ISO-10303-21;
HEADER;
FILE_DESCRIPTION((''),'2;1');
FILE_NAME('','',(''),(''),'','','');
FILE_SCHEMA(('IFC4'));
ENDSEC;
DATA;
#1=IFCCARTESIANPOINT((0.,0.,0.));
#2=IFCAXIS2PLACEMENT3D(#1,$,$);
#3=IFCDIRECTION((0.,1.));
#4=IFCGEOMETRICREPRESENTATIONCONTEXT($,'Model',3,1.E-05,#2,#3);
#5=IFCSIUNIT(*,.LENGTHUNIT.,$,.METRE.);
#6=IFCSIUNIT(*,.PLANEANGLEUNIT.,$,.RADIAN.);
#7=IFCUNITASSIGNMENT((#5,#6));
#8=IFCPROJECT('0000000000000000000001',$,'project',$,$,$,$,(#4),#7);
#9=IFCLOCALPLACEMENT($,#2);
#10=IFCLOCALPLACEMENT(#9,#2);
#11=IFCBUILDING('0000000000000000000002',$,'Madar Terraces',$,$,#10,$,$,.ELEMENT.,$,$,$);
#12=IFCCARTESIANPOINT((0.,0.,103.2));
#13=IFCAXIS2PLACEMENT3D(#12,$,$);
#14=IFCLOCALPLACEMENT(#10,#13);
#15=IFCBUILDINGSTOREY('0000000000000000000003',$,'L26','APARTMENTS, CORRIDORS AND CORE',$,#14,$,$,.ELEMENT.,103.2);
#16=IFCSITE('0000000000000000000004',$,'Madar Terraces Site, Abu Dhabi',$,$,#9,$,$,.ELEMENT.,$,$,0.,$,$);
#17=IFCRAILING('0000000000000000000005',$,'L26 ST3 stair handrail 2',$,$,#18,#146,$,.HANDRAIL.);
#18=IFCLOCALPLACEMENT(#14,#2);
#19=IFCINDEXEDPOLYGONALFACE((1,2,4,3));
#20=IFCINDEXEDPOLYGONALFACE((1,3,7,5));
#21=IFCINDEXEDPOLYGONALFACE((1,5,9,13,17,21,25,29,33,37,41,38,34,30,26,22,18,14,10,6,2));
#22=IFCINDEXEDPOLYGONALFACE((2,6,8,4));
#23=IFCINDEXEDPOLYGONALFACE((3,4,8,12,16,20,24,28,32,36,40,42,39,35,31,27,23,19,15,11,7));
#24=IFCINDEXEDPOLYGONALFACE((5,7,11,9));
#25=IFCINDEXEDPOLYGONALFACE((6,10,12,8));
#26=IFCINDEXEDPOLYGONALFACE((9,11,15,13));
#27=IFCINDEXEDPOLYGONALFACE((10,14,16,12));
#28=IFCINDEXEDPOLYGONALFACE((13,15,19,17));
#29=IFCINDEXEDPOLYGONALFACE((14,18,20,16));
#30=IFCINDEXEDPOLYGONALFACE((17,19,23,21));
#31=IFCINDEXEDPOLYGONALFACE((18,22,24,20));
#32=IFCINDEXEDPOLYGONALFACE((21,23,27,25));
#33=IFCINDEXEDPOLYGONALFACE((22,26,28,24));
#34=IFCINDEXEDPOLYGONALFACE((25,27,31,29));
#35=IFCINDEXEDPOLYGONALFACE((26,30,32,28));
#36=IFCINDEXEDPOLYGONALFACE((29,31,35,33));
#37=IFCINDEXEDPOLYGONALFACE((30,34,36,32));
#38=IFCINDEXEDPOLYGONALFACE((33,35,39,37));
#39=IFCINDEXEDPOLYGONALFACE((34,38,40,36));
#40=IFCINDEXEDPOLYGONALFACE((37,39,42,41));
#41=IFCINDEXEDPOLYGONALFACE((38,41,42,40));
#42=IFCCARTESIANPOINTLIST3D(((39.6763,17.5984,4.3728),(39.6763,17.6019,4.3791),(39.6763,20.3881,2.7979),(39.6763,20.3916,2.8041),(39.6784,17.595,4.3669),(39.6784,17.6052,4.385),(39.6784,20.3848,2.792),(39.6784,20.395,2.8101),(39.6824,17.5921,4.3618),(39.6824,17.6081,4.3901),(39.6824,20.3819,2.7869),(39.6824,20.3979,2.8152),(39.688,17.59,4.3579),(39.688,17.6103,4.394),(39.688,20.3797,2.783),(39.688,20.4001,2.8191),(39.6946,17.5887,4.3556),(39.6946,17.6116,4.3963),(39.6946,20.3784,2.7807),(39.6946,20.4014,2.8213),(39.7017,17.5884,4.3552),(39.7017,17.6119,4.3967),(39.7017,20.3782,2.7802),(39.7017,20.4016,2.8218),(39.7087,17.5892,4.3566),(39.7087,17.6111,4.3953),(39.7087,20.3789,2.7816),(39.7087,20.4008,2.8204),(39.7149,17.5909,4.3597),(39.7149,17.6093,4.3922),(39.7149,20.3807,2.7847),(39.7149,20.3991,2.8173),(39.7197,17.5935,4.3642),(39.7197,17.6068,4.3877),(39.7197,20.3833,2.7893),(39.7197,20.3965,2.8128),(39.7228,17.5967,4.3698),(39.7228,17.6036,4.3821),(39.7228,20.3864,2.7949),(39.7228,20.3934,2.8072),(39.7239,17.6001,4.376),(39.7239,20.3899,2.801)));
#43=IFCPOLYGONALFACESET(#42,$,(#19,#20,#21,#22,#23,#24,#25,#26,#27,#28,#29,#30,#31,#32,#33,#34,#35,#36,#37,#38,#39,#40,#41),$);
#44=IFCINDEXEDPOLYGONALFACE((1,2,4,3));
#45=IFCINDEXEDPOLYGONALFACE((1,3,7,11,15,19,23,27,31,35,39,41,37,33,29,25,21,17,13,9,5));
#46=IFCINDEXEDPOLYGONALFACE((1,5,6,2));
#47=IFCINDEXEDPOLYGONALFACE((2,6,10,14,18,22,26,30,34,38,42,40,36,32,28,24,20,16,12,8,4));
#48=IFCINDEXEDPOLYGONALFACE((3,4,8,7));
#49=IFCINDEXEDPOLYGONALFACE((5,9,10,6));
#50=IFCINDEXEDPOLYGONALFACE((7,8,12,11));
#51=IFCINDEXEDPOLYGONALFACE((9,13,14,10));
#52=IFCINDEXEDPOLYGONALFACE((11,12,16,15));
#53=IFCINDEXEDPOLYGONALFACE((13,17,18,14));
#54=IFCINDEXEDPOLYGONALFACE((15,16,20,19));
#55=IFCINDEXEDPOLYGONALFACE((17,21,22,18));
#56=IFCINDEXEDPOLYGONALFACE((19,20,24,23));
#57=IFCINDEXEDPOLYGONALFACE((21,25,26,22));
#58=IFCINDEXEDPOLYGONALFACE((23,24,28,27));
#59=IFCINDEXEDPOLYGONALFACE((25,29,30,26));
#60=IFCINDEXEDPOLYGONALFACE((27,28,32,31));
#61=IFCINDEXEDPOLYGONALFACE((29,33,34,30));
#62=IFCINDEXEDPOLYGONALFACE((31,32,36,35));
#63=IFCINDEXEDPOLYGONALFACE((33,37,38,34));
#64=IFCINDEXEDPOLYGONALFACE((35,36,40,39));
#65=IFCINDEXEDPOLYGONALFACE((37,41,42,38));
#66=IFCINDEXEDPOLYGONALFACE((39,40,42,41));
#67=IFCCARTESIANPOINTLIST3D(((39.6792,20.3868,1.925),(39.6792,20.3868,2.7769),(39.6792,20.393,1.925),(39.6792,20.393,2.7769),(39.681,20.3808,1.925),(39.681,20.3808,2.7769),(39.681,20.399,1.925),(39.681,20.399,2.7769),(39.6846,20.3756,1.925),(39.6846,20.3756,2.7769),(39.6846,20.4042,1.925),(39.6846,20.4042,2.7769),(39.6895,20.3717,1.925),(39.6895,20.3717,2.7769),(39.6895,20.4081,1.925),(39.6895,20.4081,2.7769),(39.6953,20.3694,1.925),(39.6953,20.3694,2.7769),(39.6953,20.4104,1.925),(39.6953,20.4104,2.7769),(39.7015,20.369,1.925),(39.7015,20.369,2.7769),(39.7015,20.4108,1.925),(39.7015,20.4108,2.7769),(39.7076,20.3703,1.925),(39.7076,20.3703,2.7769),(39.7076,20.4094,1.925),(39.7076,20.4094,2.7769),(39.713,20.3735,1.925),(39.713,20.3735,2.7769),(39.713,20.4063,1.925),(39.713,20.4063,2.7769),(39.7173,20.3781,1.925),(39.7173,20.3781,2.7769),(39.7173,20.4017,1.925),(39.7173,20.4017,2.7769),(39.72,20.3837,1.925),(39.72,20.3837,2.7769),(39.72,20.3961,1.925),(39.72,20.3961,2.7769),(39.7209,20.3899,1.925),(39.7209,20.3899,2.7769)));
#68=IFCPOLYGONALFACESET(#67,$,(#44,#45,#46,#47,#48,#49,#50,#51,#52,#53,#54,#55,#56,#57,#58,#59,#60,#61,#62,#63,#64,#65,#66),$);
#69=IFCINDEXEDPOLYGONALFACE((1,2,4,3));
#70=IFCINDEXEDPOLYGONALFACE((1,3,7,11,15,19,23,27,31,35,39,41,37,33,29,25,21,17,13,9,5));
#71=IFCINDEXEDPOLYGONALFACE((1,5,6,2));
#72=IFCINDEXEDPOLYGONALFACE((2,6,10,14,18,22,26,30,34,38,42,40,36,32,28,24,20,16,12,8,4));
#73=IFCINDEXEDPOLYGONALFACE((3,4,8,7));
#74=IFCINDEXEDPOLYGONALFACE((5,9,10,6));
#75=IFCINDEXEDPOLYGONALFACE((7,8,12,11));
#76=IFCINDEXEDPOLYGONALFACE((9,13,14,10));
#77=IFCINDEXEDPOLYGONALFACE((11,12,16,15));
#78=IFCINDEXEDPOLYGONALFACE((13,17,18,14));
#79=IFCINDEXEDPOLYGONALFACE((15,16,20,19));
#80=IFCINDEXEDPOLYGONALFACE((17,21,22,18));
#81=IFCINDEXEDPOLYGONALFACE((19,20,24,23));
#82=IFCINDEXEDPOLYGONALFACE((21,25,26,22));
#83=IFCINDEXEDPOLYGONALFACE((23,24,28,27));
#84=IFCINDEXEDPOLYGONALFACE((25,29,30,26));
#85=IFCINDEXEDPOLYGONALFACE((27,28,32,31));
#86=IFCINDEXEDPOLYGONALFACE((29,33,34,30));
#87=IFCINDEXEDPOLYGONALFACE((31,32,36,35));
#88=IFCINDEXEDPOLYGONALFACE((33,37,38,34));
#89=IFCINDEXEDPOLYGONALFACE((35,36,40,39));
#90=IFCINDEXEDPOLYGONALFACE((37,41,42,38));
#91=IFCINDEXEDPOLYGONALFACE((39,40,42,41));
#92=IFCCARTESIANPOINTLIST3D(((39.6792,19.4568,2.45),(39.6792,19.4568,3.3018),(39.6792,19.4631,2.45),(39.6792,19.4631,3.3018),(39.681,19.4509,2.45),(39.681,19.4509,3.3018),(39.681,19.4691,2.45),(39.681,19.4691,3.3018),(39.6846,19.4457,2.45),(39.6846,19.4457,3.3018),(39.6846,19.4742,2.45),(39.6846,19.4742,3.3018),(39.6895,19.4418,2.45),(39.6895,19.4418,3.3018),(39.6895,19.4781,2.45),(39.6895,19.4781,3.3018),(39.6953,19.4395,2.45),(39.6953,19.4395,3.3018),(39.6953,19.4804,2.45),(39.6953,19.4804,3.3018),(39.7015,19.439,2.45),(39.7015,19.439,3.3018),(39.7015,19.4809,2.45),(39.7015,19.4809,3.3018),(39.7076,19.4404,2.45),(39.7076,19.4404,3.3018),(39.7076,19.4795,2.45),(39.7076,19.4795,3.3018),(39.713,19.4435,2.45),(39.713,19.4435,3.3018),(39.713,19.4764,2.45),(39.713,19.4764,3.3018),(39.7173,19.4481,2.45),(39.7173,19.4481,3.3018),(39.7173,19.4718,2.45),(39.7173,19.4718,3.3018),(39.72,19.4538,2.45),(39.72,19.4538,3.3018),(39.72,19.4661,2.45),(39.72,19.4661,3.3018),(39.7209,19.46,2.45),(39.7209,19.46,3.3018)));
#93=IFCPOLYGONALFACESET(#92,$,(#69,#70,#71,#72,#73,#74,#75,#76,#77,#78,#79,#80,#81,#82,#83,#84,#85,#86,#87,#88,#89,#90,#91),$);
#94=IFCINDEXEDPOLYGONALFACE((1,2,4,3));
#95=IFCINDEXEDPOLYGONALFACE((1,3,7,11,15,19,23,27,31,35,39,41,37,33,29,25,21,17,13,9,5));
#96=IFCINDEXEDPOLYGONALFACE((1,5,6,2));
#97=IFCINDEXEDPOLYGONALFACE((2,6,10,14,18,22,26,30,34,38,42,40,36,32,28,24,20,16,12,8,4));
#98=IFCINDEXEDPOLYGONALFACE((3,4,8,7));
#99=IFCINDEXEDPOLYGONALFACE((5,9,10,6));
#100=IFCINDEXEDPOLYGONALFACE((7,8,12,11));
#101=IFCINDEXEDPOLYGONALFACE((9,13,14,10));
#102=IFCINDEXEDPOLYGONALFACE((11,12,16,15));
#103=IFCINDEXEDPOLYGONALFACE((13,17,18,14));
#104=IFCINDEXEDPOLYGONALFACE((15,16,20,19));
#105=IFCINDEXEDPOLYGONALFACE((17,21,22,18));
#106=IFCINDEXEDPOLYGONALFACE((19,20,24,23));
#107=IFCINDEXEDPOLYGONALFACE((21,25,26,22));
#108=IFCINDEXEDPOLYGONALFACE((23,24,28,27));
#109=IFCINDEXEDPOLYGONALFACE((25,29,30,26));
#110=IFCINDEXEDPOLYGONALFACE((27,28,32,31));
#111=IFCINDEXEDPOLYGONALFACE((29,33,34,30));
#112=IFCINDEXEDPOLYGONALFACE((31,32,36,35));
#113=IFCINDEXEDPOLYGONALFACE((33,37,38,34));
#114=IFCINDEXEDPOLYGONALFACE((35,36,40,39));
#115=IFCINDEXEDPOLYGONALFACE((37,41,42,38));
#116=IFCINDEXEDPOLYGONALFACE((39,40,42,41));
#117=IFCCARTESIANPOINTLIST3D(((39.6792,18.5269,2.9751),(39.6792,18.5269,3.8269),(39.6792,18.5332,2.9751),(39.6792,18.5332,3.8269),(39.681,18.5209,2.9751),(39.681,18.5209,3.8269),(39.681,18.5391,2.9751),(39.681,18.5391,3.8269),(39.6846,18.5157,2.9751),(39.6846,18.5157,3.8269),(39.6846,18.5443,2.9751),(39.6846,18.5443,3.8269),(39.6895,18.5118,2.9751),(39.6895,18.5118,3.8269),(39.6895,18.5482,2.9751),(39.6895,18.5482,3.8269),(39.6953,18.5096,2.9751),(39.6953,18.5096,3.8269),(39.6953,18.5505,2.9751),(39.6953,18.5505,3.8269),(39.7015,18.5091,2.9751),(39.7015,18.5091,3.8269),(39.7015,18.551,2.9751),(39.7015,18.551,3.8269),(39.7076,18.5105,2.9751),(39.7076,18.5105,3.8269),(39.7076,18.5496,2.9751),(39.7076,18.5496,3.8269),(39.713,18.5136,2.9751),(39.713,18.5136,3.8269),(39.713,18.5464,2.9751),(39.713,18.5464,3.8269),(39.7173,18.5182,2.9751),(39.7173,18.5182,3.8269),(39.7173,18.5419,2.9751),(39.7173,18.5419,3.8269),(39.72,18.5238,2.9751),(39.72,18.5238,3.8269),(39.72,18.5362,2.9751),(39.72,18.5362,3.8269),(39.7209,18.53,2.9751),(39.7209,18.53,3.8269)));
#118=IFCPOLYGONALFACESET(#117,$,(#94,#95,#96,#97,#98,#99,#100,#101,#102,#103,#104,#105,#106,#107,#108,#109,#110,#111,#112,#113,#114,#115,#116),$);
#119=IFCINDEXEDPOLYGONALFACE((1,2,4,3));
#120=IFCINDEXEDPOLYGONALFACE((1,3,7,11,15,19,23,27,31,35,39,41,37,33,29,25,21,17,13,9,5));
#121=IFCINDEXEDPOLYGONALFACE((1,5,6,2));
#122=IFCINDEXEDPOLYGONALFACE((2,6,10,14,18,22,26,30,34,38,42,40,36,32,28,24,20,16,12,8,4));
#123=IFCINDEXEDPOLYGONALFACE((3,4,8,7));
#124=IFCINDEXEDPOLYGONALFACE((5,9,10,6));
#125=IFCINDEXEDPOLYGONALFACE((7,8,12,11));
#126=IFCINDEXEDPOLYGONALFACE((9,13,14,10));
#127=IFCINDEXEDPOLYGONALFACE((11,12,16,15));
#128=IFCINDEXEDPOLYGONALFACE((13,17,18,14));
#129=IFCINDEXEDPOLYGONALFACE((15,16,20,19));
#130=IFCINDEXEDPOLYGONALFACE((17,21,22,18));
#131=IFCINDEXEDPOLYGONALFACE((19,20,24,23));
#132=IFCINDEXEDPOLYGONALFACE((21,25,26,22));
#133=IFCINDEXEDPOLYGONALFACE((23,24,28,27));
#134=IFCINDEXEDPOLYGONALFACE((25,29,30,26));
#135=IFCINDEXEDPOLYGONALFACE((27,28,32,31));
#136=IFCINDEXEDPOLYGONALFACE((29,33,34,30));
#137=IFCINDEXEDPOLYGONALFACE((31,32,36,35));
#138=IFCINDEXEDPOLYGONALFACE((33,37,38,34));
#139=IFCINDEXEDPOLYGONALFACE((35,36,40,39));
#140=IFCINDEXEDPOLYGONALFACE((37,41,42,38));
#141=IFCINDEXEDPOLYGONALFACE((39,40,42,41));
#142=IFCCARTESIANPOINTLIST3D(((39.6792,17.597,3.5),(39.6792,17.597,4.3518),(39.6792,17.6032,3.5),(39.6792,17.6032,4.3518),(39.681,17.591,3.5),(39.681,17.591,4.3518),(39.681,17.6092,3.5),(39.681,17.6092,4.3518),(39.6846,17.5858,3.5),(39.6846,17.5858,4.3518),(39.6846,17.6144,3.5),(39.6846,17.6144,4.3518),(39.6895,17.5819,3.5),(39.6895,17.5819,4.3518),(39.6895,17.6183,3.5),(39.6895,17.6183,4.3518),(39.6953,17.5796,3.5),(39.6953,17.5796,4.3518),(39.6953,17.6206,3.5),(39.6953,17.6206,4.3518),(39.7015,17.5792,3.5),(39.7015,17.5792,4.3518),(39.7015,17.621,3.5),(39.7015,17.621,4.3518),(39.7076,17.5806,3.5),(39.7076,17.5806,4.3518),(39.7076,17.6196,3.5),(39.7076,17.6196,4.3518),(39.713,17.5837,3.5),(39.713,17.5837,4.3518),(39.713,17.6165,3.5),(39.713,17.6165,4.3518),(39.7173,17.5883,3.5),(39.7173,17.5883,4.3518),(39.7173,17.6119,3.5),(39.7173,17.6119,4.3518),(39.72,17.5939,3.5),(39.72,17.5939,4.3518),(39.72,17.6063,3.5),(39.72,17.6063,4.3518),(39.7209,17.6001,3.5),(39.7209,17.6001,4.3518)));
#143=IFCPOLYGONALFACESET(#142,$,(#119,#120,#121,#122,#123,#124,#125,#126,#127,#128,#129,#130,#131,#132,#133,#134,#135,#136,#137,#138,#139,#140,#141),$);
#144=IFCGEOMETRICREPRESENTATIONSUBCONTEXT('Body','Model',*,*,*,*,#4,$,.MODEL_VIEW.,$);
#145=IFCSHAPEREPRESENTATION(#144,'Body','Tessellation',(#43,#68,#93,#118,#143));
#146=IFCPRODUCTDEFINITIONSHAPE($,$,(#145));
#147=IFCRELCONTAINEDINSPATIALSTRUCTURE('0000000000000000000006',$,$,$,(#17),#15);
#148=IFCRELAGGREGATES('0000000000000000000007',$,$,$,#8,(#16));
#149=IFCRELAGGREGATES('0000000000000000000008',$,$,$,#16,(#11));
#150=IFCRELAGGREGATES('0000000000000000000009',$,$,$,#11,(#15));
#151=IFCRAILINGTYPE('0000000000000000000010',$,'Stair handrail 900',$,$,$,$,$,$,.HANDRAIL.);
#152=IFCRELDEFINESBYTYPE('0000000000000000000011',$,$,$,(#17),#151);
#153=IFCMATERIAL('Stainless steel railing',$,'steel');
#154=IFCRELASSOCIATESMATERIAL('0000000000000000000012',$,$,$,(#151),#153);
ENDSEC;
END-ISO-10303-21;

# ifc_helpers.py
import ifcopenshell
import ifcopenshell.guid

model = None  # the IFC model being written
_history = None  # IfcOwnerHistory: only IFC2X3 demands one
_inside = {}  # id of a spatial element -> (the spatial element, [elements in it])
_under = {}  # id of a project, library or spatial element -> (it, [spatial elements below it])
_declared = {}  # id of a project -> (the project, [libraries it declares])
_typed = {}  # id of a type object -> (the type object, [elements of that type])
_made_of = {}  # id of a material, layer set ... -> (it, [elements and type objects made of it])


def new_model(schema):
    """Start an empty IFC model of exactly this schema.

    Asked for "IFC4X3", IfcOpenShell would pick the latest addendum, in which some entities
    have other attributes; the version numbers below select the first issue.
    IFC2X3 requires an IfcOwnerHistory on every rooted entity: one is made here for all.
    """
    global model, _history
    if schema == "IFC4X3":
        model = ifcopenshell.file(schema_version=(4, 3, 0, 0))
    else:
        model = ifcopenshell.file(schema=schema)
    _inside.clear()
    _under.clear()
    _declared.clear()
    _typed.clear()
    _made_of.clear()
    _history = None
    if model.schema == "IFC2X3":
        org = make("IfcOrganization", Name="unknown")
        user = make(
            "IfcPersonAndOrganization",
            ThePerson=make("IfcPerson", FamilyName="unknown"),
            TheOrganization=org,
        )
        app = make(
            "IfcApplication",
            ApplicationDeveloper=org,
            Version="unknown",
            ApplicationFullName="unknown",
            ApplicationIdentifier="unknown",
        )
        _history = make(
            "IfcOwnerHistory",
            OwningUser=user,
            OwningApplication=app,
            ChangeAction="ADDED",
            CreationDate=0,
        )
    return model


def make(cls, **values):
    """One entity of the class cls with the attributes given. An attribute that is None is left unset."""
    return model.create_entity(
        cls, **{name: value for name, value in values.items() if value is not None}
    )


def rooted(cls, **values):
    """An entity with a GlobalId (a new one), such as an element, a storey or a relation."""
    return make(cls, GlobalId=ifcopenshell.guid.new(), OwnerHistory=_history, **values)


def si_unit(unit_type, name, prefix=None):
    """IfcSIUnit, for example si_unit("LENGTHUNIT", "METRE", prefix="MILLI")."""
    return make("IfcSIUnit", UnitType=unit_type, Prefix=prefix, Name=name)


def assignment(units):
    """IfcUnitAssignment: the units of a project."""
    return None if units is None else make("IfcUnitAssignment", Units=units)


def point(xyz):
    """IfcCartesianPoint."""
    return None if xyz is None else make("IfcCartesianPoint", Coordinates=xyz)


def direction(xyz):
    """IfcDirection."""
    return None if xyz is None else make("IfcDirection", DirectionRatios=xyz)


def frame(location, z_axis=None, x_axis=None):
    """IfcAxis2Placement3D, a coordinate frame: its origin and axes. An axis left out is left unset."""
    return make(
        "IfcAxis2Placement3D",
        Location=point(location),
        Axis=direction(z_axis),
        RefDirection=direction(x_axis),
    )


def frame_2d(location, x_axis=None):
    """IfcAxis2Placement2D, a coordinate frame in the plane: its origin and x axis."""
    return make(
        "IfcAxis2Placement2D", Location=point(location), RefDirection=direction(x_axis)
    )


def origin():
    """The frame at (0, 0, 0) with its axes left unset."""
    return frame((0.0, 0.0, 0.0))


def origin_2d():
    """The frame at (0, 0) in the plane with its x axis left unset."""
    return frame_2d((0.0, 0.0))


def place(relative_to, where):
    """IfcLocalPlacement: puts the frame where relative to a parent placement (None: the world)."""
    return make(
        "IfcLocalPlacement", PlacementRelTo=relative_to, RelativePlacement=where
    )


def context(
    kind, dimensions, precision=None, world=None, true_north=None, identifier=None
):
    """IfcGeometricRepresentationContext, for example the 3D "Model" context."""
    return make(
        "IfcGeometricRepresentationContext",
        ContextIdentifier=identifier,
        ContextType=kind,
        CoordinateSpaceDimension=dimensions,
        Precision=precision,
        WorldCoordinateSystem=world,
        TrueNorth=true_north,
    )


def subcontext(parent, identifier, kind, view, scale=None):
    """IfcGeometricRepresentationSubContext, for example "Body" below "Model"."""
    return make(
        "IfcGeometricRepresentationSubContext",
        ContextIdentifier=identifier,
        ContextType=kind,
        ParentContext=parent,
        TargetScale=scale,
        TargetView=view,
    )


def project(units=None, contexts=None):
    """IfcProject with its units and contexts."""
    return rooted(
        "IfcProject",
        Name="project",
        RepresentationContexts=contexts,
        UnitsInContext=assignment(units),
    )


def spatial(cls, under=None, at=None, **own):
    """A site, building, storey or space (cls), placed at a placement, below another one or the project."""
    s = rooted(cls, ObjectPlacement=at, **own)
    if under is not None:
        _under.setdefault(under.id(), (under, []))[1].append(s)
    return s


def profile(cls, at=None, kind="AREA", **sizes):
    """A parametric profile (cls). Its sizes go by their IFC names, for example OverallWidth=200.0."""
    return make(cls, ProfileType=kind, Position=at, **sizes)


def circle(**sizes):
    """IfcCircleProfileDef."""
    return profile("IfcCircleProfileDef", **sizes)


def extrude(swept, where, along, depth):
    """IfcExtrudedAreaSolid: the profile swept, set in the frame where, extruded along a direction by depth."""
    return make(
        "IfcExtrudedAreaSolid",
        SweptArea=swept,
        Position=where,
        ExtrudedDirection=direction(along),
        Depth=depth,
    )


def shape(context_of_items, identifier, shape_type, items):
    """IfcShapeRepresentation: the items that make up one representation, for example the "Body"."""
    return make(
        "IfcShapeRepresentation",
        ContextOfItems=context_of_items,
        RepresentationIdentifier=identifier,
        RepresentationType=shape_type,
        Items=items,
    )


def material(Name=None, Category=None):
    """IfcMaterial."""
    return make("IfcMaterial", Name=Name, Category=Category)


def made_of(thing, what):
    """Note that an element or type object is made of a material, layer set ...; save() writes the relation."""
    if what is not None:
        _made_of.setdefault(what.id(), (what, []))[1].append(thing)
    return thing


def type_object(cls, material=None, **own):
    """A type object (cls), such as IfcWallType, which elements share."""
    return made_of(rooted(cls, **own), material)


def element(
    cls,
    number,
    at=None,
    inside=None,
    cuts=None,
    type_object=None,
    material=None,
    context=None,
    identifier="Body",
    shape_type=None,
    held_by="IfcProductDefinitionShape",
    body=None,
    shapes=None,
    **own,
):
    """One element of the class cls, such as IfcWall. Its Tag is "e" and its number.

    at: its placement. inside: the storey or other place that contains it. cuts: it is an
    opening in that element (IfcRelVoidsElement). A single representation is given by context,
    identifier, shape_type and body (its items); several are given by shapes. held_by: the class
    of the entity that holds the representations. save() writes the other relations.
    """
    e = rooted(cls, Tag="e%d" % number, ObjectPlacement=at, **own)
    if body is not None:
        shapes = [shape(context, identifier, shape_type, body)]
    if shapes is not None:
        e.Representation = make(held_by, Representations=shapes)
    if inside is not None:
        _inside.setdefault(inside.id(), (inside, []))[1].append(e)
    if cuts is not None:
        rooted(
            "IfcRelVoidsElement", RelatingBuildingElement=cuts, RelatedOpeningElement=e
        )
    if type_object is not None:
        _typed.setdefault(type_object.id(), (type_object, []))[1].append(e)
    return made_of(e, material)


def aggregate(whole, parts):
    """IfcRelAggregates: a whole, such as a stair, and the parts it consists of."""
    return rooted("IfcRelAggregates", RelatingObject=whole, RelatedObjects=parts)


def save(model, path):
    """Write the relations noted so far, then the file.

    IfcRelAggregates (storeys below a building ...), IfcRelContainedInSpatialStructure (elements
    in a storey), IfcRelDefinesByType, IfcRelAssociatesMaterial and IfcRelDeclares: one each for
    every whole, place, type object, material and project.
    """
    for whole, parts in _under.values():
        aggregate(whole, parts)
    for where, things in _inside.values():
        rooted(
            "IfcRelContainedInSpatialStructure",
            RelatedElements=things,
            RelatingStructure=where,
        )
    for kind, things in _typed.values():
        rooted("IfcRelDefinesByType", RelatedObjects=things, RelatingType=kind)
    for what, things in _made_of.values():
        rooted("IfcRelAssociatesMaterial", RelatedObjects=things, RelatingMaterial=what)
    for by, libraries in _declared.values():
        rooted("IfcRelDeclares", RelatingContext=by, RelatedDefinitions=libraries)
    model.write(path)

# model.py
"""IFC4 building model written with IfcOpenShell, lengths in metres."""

from ifc_helpers import new_model, si_unit, direction, frame, origin, origin_2d, place, context, subcontext, project, spatial, circle, extrude, material, type_object, element, save


model = new_model("IFC4")

# Units and contexts
model_context = context("Model", 3, precision=1e-05, world=origin(), true_north=direction((0.0, 1.0)))
body_context = subcontext(model_context, "Body", "Model", "MODEL_VIEW")
ifc_project = project(units=[si_unit("LENGTHUNIT", "METRE"), si_unit("PLANEANGLEUNIT", "RADIAN")], contexts=[model_context])

# Site, building, storey
site_placement = place(None, origin())
site = spatial("IfcSite", under=ifc_project, at=site_placement, Name="Madar Terraces Site, Abu Dhabi", CompositionType="ELEMENT", RefElevation=0.0)
building_placement = place(site_placement, origin())
building = spatial("IfcBuilding", under=site, at=building_placement, Name="Madar Terraces", CompositionType="ELEMENT")
storey_placement = place(building_placement, frame((0.0, 0.0, 103.2)))
storey = spatial("IfcBuildingStorey", under=building, at=storey_placement, Name="L26", Description="APARTMENTS, CORRIDORS AND CORE", CompositionType="ELEMENT", Elevation=103.2)

# Railing
ifc_material_1 = material(Name="Stainless steel railing", Category="steel")
railing_type_1 = type_object("IfcRailingType", Name="Stair handrail 900", PredefinedType="HANDRAIL", material=ifc_material_1)
railing_1_placement = place(storey_placement, frame((39.7, 20.3899, 1.925)))
element("IfcRailing", 1, at=railing_1_placement, inside=storey, type_object=railing_type_1, Name="L26 ST3 stair handrail 2", PredefinedType="HANDRAIL", context=body_context, shape_type="SweptSolid", body=[
    extrude(circle(Radius=0.0239, at=origin_2d()), frame((0.0, 0.0, 0.876), z_axis=(0.0, -0.870815, 0.49161), x_axis=(1.0, 0.0, 0.0)), (0.0, 0.0, 1.0), 3.2036),
    extrude(circle(Radius=0.021, at=origin_2d()), origin(), (0.0, 0.0, 1.0), 0.8518),
    extrude(circle(Radius=0.021, at=origin_2d()), frame((0.0, -0.9299, 0.5249)), (0.0, 0.0, 1.0), 0.8518),
    extrude(circle(Radius=0.021, at=origin_2d()), frame((0.0, -1.8599, 1.05)), (0.0, 0.0, 1.0), 0.8518),
    extrude(circle(Radius=0.021, at=origin_2d()), frame((0.0, -2.7898, 1.575)), (0.0, 0.0, 1.0), 0.8518),
])

save(model, "model.ifc")
